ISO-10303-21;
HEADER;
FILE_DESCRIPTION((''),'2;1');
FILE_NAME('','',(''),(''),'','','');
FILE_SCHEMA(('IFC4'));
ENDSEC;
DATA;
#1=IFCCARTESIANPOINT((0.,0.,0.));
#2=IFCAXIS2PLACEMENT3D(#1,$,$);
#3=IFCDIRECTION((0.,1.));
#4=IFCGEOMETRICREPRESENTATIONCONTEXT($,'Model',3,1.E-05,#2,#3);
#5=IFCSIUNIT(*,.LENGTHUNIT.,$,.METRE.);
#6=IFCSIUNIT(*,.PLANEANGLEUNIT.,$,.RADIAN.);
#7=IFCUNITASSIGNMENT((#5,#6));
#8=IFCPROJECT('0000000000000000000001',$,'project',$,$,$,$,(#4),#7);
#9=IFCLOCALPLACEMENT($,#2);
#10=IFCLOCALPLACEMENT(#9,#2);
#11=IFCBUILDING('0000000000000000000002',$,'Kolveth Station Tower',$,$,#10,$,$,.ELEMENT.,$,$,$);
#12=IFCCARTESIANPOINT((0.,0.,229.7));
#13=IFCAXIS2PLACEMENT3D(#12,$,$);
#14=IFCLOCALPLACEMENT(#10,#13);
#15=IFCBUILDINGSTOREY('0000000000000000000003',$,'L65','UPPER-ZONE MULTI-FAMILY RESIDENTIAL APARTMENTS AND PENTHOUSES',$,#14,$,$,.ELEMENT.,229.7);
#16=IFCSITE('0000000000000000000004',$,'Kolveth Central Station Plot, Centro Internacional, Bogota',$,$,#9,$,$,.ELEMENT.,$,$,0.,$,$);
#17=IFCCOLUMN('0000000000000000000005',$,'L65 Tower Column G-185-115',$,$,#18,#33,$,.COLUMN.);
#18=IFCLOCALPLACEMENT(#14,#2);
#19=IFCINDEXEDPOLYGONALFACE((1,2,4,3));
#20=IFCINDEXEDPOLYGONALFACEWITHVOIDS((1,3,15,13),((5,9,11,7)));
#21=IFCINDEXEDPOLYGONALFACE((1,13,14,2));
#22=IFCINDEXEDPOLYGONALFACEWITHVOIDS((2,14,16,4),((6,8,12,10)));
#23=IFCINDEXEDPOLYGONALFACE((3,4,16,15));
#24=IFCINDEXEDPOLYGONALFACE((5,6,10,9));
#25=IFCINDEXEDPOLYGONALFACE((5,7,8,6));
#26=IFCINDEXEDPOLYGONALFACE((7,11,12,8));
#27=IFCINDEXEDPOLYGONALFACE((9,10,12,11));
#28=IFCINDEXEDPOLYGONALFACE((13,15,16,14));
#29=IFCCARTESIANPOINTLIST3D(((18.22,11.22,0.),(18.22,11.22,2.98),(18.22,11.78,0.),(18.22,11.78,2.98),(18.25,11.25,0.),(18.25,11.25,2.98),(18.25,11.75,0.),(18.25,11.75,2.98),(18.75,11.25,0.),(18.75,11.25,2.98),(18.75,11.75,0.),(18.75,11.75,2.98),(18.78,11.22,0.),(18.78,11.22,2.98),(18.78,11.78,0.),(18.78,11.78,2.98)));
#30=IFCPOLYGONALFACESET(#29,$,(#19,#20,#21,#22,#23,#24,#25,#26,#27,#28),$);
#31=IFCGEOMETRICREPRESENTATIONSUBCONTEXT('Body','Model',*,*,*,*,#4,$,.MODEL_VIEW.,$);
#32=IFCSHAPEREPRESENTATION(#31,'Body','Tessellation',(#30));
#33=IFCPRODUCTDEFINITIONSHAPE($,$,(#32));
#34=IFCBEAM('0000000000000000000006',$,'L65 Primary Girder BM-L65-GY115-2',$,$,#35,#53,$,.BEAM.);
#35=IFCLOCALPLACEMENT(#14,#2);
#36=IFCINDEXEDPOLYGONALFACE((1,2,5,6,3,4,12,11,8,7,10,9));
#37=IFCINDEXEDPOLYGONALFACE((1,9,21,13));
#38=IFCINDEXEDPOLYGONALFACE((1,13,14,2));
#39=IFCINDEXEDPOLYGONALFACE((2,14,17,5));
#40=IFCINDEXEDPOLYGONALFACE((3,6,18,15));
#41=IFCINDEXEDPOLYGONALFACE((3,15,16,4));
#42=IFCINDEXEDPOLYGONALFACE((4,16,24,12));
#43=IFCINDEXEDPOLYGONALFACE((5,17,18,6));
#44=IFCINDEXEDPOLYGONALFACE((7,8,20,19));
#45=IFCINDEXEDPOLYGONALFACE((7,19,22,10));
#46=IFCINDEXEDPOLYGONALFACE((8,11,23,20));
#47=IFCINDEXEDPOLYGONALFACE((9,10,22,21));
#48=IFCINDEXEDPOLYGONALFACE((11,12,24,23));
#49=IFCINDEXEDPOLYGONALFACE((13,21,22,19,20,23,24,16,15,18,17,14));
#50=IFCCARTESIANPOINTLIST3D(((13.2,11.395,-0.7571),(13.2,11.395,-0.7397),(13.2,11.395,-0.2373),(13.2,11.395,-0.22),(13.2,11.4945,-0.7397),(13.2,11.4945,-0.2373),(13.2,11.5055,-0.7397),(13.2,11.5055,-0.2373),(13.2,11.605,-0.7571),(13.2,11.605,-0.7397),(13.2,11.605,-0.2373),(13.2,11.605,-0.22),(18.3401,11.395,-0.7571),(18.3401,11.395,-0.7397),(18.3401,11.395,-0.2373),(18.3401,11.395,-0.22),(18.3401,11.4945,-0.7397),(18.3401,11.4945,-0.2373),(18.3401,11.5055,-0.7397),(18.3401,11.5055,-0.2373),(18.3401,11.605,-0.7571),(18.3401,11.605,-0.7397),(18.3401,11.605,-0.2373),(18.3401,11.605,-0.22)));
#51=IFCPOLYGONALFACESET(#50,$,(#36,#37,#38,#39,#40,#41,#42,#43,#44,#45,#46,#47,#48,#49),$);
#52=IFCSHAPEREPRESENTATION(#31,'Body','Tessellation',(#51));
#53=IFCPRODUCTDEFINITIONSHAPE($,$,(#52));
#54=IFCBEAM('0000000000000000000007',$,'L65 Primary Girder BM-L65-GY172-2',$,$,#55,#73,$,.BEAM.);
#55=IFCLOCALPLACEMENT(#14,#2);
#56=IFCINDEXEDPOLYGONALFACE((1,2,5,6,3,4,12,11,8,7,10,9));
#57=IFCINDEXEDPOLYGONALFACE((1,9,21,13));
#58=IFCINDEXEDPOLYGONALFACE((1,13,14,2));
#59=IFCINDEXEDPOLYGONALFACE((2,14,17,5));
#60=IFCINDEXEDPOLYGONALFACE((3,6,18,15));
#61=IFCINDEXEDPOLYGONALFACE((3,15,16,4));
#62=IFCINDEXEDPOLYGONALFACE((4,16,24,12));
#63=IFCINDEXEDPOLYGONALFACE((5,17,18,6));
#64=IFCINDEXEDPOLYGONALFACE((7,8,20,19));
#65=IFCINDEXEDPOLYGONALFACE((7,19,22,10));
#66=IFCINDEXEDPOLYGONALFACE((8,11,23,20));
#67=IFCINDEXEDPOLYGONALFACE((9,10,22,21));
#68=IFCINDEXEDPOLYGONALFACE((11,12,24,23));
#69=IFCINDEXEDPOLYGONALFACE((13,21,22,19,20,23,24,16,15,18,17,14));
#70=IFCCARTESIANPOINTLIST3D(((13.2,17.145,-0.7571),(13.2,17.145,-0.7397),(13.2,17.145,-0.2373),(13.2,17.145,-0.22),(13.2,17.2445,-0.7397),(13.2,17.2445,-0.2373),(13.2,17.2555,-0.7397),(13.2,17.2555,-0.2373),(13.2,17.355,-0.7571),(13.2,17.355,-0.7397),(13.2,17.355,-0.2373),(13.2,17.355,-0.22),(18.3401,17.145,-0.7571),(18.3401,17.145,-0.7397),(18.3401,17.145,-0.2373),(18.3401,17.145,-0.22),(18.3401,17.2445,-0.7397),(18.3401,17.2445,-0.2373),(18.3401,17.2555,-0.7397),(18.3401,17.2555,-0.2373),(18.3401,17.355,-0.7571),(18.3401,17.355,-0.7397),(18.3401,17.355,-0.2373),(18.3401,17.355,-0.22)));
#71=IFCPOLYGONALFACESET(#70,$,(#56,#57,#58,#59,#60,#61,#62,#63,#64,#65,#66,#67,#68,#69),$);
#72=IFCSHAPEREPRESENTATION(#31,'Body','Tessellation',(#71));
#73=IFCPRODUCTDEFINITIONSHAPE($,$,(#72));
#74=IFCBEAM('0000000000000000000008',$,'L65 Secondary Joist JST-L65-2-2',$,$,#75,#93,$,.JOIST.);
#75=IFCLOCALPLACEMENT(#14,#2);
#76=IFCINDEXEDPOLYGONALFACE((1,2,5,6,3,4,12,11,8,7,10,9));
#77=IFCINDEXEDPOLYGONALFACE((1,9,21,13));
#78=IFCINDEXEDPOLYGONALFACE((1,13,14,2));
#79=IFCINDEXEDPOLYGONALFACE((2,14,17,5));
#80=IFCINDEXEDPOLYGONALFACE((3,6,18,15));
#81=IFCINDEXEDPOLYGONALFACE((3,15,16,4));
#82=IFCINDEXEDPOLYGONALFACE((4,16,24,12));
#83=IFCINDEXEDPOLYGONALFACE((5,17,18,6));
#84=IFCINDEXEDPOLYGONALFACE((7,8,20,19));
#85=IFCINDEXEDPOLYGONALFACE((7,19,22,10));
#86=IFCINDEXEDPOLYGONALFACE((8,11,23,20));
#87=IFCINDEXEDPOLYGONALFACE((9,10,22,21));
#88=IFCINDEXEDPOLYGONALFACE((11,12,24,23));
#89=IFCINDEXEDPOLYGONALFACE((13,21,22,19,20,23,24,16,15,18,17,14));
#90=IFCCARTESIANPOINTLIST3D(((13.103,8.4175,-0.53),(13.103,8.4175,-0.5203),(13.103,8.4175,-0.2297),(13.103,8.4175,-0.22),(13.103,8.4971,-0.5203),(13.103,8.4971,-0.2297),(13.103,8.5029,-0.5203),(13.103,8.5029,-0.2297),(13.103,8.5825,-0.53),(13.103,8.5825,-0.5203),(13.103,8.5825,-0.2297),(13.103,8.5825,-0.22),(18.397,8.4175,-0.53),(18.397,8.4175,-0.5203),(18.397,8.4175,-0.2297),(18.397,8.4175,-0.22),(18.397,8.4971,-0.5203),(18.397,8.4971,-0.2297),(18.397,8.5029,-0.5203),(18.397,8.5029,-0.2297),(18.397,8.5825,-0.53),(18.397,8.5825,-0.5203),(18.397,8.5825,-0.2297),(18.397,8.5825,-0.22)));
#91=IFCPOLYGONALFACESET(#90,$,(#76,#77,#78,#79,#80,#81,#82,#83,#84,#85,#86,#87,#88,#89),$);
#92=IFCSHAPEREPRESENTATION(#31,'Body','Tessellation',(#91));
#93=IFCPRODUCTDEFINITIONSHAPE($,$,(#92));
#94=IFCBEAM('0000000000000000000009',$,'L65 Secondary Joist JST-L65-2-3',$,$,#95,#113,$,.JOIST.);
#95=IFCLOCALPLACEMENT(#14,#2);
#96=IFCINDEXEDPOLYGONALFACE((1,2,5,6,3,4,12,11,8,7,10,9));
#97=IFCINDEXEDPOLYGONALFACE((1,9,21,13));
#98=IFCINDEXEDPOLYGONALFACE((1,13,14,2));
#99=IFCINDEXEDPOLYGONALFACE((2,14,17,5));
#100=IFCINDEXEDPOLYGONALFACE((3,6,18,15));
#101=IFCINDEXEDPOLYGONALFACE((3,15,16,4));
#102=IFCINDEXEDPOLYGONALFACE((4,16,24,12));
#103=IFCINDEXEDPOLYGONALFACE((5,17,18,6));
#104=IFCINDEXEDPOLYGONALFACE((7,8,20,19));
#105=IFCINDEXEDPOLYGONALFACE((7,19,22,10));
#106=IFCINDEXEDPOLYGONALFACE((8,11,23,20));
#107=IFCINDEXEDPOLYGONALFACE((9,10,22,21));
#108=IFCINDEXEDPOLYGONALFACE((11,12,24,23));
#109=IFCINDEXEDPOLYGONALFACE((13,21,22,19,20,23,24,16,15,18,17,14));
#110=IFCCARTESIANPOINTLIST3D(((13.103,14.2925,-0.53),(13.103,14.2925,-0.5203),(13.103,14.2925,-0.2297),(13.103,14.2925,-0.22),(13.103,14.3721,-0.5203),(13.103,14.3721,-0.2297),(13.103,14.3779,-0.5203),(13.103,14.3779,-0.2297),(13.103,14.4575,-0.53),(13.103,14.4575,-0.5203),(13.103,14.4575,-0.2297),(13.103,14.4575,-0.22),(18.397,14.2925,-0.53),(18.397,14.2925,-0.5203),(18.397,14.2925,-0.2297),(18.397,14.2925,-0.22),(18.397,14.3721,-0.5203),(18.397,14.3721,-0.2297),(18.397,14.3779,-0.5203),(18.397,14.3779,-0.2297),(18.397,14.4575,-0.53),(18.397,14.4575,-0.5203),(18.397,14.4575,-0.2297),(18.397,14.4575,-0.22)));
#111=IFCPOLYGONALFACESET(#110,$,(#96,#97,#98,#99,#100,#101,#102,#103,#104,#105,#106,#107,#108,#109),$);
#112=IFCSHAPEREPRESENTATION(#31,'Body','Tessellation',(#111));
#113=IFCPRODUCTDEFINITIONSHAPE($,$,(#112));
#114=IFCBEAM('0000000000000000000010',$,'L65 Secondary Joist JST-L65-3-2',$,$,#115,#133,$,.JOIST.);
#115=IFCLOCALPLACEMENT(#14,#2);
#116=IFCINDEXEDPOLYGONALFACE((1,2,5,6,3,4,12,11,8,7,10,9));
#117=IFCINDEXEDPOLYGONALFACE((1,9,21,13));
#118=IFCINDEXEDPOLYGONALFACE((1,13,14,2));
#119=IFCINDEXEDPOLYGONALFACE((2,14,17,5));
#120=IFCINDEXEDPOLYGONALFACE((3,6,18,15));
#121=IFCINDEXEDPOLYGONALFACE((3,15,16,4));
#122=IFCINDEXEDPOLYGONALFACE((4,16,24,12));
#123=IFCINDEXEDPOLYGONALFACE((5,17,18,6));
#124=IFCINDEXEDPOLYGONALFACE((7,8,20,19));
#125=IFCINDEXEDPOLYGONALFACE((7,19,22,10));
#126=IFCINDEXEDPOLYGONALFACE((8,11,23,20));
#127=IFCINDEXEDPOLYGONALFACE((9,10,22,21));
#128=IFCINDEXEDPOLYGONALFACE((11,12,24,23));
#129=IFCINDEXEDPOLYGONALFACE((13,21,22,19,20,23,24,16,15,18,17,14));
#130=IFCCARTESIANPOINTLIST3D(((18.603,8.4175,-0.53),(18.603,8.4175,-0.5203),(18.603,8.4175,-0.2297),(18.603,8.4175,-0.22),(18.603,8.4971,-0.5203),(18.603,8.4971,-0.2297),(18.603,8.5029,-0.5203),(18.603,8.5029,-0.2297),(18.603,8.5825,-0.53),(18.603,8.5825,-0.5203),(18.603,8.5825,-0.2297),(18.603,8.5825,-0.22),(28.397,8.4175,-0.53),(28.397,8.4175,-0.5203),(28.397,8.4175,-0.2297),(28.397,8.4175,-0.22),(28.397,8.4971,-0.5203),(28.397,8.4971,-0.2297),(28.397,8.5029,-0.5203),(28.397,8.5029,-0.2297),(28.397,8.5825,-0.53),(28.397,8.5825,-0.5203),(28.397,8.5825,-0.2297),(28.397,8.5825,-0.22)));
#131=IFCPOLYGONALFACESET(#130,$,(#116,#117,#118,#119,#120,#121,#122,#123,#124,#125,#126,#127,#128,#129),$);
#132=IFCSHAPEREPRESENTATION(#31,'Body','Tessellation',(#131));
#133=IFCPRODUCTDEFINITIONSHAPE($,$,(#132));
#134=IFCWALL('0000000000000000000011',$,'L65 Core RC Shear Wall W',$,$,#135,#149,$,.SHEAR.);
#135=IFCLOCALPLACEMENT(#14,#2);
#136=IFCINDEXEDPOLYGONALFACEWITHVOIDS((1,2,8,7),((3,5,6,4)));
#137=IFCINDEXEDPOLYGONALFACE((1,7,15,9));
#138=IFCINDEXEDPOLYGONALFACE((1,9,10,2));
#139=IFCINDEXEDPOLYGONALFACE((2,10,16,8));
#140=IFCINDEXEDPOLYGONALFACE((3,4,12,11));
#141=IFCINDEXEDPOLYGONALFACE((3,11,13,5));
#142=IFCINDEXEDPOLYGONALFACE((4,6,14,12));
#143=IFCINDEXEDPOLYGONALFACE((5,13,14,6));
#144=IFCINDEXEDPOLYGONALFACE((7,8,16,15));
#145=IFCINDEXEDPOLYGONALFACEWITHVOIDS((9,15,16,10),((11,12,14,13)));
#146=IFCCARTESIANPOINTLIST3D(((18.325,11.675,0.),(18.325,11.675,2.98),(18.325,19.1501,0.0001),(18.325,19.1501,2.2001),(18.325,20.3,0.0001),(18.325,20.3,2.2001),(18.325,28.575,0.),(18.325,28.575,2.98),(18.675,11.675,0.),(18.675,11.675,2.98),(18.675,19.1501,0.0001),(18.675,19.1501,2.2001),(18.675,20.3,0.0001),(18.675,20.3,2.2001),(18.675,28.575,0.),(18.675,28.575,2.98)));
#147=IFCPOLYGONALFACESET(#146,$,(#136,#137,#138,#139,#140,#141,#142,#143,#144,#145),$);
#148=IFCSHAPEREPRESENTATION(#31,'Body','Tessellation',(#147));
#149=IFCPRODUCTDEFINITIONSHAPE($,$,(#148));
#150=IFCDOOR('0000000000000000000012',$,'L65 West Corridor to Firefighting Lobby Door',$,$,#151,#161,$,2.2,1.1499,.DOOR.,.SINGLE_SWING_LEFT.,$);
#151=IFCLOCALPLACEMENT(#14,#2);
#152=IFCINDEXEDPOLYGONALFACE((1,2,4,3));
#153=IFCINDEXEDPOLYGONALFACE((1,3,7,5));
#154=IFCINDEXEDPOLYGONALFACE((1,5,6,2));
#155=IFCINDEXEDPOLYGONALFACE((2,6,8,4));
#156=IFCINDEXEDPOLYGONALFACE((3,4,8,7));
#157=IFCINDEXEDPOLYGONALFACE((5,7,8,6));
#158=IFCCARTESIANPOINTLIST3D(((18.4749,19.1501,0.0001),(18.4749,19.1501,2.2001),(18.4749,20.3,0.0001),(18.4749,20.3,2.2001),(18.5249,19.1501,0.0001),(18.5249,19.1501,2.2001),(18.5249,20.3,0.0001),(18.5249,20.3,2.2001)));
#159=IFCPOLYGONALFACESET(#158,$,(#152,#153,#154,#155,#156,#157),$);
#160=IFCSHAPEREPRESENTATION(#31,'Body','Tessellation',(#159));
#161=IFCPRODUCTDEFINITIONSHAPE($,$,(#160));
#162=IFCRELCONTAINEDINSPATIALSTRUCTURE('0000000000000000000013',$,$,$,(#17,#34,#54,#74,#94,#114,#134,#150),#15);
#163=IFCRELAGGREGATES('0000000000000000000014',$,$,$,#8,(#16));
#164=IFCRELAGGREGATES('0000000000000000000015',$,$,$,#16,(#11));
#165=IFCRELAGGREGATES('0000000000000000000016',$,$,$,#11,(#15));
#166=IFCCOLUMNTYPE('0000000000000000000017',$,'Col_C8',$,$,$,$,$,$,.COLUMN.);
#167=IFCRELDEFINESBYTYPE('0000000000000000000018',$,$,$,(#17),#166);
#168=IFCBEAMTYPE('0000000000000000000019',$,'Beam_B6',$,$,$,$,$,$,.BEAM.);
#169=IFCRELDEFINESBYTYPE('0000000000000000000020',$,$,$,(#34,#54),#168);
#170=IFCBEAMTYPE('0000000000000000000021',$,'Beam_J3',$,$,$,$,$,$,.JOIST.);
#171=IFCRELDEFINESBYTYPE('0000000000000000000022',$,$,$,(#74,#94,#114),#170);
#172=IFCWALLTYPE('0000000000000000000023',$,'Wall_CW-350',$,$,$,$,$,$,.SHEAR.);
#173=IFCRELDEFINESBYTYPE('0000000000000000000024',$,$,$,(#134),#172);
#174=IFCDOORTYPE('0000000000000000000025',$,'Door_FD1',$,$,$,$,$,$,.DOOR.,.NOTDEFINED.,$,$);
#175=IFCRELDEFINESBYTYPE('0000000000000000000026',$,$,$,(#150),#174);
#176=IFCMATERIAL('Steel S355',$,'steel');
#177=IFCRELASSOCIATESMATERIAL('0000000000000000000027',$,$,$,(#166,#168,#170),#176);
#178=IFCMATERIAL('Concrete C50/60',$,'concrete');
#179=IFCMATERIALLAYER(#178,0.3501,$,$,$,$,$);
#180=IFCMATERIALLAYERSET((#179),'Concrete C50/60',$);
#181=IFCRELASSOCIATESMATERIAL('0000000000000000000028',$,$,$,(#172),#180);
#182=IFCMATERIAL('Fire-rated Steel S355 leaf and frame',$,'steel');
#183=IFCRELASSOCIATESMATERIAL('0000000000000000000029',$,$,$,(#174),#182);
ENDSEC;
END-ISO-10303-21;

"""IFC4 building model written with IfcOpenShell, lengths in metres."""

from ifc_helpers import new_model, si_unit, direction, frame, frame_2d, origin, origin_2d, place, context, subcontext, project, spatial, rectangle, hollow_rectangle, i_section, extrude, source, transform, mapped, material, layer, layer_set, material_profile, profile_set, type_object, element, fill, save


model = new_model("IFC4")

# Units and contexts
model_context = context("Model", 3, precision=1e-05, world=origin(), true_north=direction((0.0, 1.0)))
body_context = subcontext(model_context, "Body", "Model", "MODEL_VIEW")
ifc_project = project(units=[si_unit("LENGTHUNIT", "METRE"), si_unit("PLANEANGLEUNIT", "RADIAN")], contexts=[model_context])

# Site, building, storey
site_placement = place(None, origin())
site = spatial("IfcSite", under=ifc_project, at=site_placement, Name="Kolveth Central Station Plot, Centro Internacional, Bogota", CompositionType="ELEMENT", RefElevation=0.0)
building_placement = place(site_placement, origin())
building = spatial("IfcBuilding", under=site, at=building_placement, Name="Kolveth Station Tower", CompositionType="ELEMENT")
storey_placement = place(building_placement, frame((0.0, 0.0, 229.7)))
storey = spatial("IfcBuildingStorey", under=building, at=storey_placement, Name="L65", Description="UPPER-ZONE MULTI-FAMILY RESIDENTIAL APARTMENTS AND PENTHOUSES", CompositionType="ELEMENT", Elevation=229.7)

# Column
ifc_material_1 = material(Name="Steel S355", Category="steel")
ifc_material_profile_1 = material_profile(ifc_material_1, hollow_rectangle(XDim=0.5601, YDim=0.5601, WallThickness=0.03, at=origin_2d()), Name="BOX560x560x30")
ifc_profile_set_1 = profile_set([ifc_material_profile_1], Name="Steel S355")
column_type = type_object("IfcColumnType", Name="Col_C8", PredefinedType="COLUMN", material=ifc_profile_set_1)
shared_shape_1 = source(origin(), body_context, "Body", "SweptSolid", [
    extrude(hollow_rectangle(XDim=0.5601, YDim=0.5601, WallThickness=0.03, at=origin_2d()), origin(), (0.0, 0.0, 1.0), 2.98),
])
column_placement = place(storey_placement, frame((18.5, 11.5, 0.0), z_axis=(0.0, 0.0, 1.0), x_axis=(1.0, 0.0, 0.0)))
element("IfcColumn", 1, at=column_placement, inside=storey, type_object=column_type, Name="L65 Tower Column G-185-115", PredefinedType="COLUMN", context=body_context, shape_type="MappedRepresentation", body=[
    mapped(shared_shape_1, transform((0.0, 0.0, 0.0), x_axis=(1.0, 0.0, 0.0), y_axis=(0.0, 1.0, 0.0), z_axis=(0.0, 0.0, 1.0), scale=1.0)),
])

# Beams
ifc_material_profile_2 = material_profile(ifc_material_1, i_section(OverallWidth=0.21, OverallDepth=0.5371, WebThickness=0.011, FlangeThickness=0.0173, at=origin_2d()), Name="W530x101")
ifc_profile_set_2 = profile_set([ifc_material_profile_2], Name="Steel S355")
beam_type_1 = type_object("IfcBeamType", Name="Beam_B6", PredefinedType="BEAM", material=ifc_profile_set_2)
shared_shape_2 = source(origin(), body_context, "Body", "SweptSolid", [
    extrude(i_section(OverallWidth=0.21, OverallDepth=0.5371, WebThickness=0.011, FlangeThickness=0.0173, at=origin_2d()), origin(), (0.0, 0.0, 1.0), 5.1401),
])
for number, where, z_axis, x_axis, name in (
    (2, (13.2, 11.5, -0.4885), (1.0, 0.0, 0.0), (0.0, 1.0, 0.0), "L65 Primary Girder BM-L65-GY115-2"),
    (3, (13.2, 17.25, -0.4885), (1.0, 0.0, 0.0), (0.0, 1.0, 0.0), "L65 Primary Girder BM-L65-GY172-2"),
):
    element("IfcBeam", number, at=place(storey_placement, frame(where, z_axis=z_axis, x_axis=x_axis)), inside=storey, type_object=beam_type_1, Name=name, PredefinedType="BEAM", context=body_context, shape_type="MappedRepresentation", body=[
        mapped(shared_shape_2, transform((0.0, 0.0, 0.0), x_axis=(1.0, 0.0, 0.0), y_axis=(0.0, 1.0, 0.0), z_axis=(0.0, 0.0, 1.0), scale=1.0)),
    ])
ifc_material_profile_3 = material_profile(ifc_material_1, i_section(OverallWidth=0.165, OverallDepth=0.3101, WebThickness=0.0059, FlangeThickness=0.0098, at=origin_2d()), Name="W310x39")
ifc_profile_set_3 = profile_set([ifc_material_profile_3], Name="Steel S355")
beam_type_2 = type_object("IfcBeamType", Name="Beam_J3", PredefinedType="JOIST", material=ifc_profile_set_3)
shared_shape_3 = source(origin(), body_context, "Body", "SweptSolid", [
    extrude(i_section(OverallWidth=0.165, OverallDepth=0.3101, WebThickness=0.0059, FlangeThickness=0.0098, at=origin_2d()), origin(), (0.0, 0.0, 1.0), 5.2939),
])
for number, where, z_axis, x_axis, name in (
    (4, (13.103, 8.5, -0.375), (1.0, 0.0, 0.0), (0.0, 1.0, 0.0), "L65 Secondary Joist JST-L65-2-2"),
    (5, (13.103, 14.375, -0.375), (1.0, 0.0, 0.0), (0.0, 1.0, 0.0), "L65 Secondary Joist JST-L65-2-3"),
):
    element("IfcBeam", number, at=place(storey_placement, frame(where, z_axis=z_axis, x_axis=x_axis)), inside=storey, type_object=beam_type_2, Name=name, PredefinedType="JOIST", context=body_context, shape_type="MappedRepresentation", body=[
        mapped(shared_shape_3, transform((0.0, 0.0, 0.0), x_axis=(1.0, 0.0, 0.0), y_axis=(0.0, 1.0, 0.0), z_axis=(0.0, 0.0, 1.0), scale=1.0)),
    ])
shared_shape_4 = source(origin(), body_context, "Body", "SweptSolid", [
    extrude(i_section(OverallWidth=0.165, OverallDepth=0.3101, WebThickness=0.0059, FlangeThickness=0.0098, at=origin_2d()), origin(), (0.0, 0.0, 1.0), 9.7939),
])
beam_placement = place(storey_placement, frame((18.603, 8.5, -0.375), z_axis=(1.0, 0.0, 0.0), x_axis=(0.0, 1.0, 0.0)))
element("IfcBeam", 6, at=beam_placement, inside=storey, type_object=beam_type_2, Name="L65 Secondary Joist JST-L65-3-2", PredefinedType="JOIST", context=body_context, shape_type="MappedRepresentation", body=[
    mapped(shared_shape_4, transform((0.0, 0.0, 0.0), x_axis=(1.0, 0.0, 0.0), y_axis=(0.0, 1.0, 0.0), z_axis=(0.0, 0.0, 1.0), scale=1.0)),
])

# Shared definitions
ifc_material_2 = material(Name="Concrete C50/60", Category="concrete")
ifc_layer_1 = layer(ifc_material_2, 0.3501)
ifc_layer_set_1 = layer_set([ifc_layer_1], Name="Concrete C50/60")
wall_type_1 = type_object("IfcWallType", Name="Wall_CW-350", PredefinedType="SHEAR", material=ifc_layer_set_1)

# Wall, opening, door
wall_1_placement = place(storey_placement, frame((18.5, 11.675, 0.0), z_axis=(0.0, 0.0, 1.0), x_axis=(0.0, 1.0, 0.0)))
wall_1 = element("IfcWall", 7, at=wall_1_placement, inside=storey, type_object=wall_type_1, Name="L65 Core RC Shear Wall W", PredefinedType="SHEAR", context=body_context, shape_type="SweptSolid", body=[
    extrude(rectangle(XDim=16.8999, YDim=0.3501, at=frame_2d((8.45, 0.0))), origin(), (0.0, 0.0, 1.0), 2.98),
])
opening_1_placement = place(wall_1_placement, frame((7.4751, 0.0, 0.0)))
opening_1 = element("IfcOpeningElement", 8, at=opening_1_placement, cuts=wall_1, PredefinedType="OPENING", context=body_context, shape_type="SweptSolid", body=[
    extrude(rectangle(XDim=1.1499, YDim=2.2, at=frame_2d((0.575, 1.1001))), frame((0.0, 0.1851, 0.0), z_axis=(0.0, -1.0, 0.0), x_axis=(1.0, 0.0, 0.0)), (0.0, 0.0, 1.0), 0.3701),
])
ifc_material_3 = material(Name="Fire-rated Steel S355 leaf and frame", Category="steel")
door_type_1 = type_object("IfcDoorType", Name="Door_FD1", OperationType="NOTDEFINED", PredefinedType="DOOR", material=ifc_material_3)
door_1_placement = place(opening_1_placement, frame((1.1499, 0.0, 0.0), z_axis=(0.0, 0.0, 1.0), x_axis=(-1.0, 0.0, 0.0)))
door_1 = element("IfcDoor", 9, at=door_1_placement, inside=storey, type_object=door_type_1, Name="L65 West Corridor to Firefighting Lobby Door", OperationType="SINGLE_SWING_LEFT", OverallHeight=2.2, OverallWidth=1.1499, PredefinedType="DOOR", context=body_context, shape_type="SweptSolid", body=[
    extrude(rectangle(XDim=1.1499, YDim=2.2, at=frame_2d((0.575, 1.1001))), frame((0.0, 0.0249, 0.0), z_axis=(0.0, -1.0, 0.0), x_axis=(1.0, 0.0, 0.0)), (0.0, 0.0, 1.0), 0.05),
])
fill(opening_1, door_1)

save(model, "model.ifc")
